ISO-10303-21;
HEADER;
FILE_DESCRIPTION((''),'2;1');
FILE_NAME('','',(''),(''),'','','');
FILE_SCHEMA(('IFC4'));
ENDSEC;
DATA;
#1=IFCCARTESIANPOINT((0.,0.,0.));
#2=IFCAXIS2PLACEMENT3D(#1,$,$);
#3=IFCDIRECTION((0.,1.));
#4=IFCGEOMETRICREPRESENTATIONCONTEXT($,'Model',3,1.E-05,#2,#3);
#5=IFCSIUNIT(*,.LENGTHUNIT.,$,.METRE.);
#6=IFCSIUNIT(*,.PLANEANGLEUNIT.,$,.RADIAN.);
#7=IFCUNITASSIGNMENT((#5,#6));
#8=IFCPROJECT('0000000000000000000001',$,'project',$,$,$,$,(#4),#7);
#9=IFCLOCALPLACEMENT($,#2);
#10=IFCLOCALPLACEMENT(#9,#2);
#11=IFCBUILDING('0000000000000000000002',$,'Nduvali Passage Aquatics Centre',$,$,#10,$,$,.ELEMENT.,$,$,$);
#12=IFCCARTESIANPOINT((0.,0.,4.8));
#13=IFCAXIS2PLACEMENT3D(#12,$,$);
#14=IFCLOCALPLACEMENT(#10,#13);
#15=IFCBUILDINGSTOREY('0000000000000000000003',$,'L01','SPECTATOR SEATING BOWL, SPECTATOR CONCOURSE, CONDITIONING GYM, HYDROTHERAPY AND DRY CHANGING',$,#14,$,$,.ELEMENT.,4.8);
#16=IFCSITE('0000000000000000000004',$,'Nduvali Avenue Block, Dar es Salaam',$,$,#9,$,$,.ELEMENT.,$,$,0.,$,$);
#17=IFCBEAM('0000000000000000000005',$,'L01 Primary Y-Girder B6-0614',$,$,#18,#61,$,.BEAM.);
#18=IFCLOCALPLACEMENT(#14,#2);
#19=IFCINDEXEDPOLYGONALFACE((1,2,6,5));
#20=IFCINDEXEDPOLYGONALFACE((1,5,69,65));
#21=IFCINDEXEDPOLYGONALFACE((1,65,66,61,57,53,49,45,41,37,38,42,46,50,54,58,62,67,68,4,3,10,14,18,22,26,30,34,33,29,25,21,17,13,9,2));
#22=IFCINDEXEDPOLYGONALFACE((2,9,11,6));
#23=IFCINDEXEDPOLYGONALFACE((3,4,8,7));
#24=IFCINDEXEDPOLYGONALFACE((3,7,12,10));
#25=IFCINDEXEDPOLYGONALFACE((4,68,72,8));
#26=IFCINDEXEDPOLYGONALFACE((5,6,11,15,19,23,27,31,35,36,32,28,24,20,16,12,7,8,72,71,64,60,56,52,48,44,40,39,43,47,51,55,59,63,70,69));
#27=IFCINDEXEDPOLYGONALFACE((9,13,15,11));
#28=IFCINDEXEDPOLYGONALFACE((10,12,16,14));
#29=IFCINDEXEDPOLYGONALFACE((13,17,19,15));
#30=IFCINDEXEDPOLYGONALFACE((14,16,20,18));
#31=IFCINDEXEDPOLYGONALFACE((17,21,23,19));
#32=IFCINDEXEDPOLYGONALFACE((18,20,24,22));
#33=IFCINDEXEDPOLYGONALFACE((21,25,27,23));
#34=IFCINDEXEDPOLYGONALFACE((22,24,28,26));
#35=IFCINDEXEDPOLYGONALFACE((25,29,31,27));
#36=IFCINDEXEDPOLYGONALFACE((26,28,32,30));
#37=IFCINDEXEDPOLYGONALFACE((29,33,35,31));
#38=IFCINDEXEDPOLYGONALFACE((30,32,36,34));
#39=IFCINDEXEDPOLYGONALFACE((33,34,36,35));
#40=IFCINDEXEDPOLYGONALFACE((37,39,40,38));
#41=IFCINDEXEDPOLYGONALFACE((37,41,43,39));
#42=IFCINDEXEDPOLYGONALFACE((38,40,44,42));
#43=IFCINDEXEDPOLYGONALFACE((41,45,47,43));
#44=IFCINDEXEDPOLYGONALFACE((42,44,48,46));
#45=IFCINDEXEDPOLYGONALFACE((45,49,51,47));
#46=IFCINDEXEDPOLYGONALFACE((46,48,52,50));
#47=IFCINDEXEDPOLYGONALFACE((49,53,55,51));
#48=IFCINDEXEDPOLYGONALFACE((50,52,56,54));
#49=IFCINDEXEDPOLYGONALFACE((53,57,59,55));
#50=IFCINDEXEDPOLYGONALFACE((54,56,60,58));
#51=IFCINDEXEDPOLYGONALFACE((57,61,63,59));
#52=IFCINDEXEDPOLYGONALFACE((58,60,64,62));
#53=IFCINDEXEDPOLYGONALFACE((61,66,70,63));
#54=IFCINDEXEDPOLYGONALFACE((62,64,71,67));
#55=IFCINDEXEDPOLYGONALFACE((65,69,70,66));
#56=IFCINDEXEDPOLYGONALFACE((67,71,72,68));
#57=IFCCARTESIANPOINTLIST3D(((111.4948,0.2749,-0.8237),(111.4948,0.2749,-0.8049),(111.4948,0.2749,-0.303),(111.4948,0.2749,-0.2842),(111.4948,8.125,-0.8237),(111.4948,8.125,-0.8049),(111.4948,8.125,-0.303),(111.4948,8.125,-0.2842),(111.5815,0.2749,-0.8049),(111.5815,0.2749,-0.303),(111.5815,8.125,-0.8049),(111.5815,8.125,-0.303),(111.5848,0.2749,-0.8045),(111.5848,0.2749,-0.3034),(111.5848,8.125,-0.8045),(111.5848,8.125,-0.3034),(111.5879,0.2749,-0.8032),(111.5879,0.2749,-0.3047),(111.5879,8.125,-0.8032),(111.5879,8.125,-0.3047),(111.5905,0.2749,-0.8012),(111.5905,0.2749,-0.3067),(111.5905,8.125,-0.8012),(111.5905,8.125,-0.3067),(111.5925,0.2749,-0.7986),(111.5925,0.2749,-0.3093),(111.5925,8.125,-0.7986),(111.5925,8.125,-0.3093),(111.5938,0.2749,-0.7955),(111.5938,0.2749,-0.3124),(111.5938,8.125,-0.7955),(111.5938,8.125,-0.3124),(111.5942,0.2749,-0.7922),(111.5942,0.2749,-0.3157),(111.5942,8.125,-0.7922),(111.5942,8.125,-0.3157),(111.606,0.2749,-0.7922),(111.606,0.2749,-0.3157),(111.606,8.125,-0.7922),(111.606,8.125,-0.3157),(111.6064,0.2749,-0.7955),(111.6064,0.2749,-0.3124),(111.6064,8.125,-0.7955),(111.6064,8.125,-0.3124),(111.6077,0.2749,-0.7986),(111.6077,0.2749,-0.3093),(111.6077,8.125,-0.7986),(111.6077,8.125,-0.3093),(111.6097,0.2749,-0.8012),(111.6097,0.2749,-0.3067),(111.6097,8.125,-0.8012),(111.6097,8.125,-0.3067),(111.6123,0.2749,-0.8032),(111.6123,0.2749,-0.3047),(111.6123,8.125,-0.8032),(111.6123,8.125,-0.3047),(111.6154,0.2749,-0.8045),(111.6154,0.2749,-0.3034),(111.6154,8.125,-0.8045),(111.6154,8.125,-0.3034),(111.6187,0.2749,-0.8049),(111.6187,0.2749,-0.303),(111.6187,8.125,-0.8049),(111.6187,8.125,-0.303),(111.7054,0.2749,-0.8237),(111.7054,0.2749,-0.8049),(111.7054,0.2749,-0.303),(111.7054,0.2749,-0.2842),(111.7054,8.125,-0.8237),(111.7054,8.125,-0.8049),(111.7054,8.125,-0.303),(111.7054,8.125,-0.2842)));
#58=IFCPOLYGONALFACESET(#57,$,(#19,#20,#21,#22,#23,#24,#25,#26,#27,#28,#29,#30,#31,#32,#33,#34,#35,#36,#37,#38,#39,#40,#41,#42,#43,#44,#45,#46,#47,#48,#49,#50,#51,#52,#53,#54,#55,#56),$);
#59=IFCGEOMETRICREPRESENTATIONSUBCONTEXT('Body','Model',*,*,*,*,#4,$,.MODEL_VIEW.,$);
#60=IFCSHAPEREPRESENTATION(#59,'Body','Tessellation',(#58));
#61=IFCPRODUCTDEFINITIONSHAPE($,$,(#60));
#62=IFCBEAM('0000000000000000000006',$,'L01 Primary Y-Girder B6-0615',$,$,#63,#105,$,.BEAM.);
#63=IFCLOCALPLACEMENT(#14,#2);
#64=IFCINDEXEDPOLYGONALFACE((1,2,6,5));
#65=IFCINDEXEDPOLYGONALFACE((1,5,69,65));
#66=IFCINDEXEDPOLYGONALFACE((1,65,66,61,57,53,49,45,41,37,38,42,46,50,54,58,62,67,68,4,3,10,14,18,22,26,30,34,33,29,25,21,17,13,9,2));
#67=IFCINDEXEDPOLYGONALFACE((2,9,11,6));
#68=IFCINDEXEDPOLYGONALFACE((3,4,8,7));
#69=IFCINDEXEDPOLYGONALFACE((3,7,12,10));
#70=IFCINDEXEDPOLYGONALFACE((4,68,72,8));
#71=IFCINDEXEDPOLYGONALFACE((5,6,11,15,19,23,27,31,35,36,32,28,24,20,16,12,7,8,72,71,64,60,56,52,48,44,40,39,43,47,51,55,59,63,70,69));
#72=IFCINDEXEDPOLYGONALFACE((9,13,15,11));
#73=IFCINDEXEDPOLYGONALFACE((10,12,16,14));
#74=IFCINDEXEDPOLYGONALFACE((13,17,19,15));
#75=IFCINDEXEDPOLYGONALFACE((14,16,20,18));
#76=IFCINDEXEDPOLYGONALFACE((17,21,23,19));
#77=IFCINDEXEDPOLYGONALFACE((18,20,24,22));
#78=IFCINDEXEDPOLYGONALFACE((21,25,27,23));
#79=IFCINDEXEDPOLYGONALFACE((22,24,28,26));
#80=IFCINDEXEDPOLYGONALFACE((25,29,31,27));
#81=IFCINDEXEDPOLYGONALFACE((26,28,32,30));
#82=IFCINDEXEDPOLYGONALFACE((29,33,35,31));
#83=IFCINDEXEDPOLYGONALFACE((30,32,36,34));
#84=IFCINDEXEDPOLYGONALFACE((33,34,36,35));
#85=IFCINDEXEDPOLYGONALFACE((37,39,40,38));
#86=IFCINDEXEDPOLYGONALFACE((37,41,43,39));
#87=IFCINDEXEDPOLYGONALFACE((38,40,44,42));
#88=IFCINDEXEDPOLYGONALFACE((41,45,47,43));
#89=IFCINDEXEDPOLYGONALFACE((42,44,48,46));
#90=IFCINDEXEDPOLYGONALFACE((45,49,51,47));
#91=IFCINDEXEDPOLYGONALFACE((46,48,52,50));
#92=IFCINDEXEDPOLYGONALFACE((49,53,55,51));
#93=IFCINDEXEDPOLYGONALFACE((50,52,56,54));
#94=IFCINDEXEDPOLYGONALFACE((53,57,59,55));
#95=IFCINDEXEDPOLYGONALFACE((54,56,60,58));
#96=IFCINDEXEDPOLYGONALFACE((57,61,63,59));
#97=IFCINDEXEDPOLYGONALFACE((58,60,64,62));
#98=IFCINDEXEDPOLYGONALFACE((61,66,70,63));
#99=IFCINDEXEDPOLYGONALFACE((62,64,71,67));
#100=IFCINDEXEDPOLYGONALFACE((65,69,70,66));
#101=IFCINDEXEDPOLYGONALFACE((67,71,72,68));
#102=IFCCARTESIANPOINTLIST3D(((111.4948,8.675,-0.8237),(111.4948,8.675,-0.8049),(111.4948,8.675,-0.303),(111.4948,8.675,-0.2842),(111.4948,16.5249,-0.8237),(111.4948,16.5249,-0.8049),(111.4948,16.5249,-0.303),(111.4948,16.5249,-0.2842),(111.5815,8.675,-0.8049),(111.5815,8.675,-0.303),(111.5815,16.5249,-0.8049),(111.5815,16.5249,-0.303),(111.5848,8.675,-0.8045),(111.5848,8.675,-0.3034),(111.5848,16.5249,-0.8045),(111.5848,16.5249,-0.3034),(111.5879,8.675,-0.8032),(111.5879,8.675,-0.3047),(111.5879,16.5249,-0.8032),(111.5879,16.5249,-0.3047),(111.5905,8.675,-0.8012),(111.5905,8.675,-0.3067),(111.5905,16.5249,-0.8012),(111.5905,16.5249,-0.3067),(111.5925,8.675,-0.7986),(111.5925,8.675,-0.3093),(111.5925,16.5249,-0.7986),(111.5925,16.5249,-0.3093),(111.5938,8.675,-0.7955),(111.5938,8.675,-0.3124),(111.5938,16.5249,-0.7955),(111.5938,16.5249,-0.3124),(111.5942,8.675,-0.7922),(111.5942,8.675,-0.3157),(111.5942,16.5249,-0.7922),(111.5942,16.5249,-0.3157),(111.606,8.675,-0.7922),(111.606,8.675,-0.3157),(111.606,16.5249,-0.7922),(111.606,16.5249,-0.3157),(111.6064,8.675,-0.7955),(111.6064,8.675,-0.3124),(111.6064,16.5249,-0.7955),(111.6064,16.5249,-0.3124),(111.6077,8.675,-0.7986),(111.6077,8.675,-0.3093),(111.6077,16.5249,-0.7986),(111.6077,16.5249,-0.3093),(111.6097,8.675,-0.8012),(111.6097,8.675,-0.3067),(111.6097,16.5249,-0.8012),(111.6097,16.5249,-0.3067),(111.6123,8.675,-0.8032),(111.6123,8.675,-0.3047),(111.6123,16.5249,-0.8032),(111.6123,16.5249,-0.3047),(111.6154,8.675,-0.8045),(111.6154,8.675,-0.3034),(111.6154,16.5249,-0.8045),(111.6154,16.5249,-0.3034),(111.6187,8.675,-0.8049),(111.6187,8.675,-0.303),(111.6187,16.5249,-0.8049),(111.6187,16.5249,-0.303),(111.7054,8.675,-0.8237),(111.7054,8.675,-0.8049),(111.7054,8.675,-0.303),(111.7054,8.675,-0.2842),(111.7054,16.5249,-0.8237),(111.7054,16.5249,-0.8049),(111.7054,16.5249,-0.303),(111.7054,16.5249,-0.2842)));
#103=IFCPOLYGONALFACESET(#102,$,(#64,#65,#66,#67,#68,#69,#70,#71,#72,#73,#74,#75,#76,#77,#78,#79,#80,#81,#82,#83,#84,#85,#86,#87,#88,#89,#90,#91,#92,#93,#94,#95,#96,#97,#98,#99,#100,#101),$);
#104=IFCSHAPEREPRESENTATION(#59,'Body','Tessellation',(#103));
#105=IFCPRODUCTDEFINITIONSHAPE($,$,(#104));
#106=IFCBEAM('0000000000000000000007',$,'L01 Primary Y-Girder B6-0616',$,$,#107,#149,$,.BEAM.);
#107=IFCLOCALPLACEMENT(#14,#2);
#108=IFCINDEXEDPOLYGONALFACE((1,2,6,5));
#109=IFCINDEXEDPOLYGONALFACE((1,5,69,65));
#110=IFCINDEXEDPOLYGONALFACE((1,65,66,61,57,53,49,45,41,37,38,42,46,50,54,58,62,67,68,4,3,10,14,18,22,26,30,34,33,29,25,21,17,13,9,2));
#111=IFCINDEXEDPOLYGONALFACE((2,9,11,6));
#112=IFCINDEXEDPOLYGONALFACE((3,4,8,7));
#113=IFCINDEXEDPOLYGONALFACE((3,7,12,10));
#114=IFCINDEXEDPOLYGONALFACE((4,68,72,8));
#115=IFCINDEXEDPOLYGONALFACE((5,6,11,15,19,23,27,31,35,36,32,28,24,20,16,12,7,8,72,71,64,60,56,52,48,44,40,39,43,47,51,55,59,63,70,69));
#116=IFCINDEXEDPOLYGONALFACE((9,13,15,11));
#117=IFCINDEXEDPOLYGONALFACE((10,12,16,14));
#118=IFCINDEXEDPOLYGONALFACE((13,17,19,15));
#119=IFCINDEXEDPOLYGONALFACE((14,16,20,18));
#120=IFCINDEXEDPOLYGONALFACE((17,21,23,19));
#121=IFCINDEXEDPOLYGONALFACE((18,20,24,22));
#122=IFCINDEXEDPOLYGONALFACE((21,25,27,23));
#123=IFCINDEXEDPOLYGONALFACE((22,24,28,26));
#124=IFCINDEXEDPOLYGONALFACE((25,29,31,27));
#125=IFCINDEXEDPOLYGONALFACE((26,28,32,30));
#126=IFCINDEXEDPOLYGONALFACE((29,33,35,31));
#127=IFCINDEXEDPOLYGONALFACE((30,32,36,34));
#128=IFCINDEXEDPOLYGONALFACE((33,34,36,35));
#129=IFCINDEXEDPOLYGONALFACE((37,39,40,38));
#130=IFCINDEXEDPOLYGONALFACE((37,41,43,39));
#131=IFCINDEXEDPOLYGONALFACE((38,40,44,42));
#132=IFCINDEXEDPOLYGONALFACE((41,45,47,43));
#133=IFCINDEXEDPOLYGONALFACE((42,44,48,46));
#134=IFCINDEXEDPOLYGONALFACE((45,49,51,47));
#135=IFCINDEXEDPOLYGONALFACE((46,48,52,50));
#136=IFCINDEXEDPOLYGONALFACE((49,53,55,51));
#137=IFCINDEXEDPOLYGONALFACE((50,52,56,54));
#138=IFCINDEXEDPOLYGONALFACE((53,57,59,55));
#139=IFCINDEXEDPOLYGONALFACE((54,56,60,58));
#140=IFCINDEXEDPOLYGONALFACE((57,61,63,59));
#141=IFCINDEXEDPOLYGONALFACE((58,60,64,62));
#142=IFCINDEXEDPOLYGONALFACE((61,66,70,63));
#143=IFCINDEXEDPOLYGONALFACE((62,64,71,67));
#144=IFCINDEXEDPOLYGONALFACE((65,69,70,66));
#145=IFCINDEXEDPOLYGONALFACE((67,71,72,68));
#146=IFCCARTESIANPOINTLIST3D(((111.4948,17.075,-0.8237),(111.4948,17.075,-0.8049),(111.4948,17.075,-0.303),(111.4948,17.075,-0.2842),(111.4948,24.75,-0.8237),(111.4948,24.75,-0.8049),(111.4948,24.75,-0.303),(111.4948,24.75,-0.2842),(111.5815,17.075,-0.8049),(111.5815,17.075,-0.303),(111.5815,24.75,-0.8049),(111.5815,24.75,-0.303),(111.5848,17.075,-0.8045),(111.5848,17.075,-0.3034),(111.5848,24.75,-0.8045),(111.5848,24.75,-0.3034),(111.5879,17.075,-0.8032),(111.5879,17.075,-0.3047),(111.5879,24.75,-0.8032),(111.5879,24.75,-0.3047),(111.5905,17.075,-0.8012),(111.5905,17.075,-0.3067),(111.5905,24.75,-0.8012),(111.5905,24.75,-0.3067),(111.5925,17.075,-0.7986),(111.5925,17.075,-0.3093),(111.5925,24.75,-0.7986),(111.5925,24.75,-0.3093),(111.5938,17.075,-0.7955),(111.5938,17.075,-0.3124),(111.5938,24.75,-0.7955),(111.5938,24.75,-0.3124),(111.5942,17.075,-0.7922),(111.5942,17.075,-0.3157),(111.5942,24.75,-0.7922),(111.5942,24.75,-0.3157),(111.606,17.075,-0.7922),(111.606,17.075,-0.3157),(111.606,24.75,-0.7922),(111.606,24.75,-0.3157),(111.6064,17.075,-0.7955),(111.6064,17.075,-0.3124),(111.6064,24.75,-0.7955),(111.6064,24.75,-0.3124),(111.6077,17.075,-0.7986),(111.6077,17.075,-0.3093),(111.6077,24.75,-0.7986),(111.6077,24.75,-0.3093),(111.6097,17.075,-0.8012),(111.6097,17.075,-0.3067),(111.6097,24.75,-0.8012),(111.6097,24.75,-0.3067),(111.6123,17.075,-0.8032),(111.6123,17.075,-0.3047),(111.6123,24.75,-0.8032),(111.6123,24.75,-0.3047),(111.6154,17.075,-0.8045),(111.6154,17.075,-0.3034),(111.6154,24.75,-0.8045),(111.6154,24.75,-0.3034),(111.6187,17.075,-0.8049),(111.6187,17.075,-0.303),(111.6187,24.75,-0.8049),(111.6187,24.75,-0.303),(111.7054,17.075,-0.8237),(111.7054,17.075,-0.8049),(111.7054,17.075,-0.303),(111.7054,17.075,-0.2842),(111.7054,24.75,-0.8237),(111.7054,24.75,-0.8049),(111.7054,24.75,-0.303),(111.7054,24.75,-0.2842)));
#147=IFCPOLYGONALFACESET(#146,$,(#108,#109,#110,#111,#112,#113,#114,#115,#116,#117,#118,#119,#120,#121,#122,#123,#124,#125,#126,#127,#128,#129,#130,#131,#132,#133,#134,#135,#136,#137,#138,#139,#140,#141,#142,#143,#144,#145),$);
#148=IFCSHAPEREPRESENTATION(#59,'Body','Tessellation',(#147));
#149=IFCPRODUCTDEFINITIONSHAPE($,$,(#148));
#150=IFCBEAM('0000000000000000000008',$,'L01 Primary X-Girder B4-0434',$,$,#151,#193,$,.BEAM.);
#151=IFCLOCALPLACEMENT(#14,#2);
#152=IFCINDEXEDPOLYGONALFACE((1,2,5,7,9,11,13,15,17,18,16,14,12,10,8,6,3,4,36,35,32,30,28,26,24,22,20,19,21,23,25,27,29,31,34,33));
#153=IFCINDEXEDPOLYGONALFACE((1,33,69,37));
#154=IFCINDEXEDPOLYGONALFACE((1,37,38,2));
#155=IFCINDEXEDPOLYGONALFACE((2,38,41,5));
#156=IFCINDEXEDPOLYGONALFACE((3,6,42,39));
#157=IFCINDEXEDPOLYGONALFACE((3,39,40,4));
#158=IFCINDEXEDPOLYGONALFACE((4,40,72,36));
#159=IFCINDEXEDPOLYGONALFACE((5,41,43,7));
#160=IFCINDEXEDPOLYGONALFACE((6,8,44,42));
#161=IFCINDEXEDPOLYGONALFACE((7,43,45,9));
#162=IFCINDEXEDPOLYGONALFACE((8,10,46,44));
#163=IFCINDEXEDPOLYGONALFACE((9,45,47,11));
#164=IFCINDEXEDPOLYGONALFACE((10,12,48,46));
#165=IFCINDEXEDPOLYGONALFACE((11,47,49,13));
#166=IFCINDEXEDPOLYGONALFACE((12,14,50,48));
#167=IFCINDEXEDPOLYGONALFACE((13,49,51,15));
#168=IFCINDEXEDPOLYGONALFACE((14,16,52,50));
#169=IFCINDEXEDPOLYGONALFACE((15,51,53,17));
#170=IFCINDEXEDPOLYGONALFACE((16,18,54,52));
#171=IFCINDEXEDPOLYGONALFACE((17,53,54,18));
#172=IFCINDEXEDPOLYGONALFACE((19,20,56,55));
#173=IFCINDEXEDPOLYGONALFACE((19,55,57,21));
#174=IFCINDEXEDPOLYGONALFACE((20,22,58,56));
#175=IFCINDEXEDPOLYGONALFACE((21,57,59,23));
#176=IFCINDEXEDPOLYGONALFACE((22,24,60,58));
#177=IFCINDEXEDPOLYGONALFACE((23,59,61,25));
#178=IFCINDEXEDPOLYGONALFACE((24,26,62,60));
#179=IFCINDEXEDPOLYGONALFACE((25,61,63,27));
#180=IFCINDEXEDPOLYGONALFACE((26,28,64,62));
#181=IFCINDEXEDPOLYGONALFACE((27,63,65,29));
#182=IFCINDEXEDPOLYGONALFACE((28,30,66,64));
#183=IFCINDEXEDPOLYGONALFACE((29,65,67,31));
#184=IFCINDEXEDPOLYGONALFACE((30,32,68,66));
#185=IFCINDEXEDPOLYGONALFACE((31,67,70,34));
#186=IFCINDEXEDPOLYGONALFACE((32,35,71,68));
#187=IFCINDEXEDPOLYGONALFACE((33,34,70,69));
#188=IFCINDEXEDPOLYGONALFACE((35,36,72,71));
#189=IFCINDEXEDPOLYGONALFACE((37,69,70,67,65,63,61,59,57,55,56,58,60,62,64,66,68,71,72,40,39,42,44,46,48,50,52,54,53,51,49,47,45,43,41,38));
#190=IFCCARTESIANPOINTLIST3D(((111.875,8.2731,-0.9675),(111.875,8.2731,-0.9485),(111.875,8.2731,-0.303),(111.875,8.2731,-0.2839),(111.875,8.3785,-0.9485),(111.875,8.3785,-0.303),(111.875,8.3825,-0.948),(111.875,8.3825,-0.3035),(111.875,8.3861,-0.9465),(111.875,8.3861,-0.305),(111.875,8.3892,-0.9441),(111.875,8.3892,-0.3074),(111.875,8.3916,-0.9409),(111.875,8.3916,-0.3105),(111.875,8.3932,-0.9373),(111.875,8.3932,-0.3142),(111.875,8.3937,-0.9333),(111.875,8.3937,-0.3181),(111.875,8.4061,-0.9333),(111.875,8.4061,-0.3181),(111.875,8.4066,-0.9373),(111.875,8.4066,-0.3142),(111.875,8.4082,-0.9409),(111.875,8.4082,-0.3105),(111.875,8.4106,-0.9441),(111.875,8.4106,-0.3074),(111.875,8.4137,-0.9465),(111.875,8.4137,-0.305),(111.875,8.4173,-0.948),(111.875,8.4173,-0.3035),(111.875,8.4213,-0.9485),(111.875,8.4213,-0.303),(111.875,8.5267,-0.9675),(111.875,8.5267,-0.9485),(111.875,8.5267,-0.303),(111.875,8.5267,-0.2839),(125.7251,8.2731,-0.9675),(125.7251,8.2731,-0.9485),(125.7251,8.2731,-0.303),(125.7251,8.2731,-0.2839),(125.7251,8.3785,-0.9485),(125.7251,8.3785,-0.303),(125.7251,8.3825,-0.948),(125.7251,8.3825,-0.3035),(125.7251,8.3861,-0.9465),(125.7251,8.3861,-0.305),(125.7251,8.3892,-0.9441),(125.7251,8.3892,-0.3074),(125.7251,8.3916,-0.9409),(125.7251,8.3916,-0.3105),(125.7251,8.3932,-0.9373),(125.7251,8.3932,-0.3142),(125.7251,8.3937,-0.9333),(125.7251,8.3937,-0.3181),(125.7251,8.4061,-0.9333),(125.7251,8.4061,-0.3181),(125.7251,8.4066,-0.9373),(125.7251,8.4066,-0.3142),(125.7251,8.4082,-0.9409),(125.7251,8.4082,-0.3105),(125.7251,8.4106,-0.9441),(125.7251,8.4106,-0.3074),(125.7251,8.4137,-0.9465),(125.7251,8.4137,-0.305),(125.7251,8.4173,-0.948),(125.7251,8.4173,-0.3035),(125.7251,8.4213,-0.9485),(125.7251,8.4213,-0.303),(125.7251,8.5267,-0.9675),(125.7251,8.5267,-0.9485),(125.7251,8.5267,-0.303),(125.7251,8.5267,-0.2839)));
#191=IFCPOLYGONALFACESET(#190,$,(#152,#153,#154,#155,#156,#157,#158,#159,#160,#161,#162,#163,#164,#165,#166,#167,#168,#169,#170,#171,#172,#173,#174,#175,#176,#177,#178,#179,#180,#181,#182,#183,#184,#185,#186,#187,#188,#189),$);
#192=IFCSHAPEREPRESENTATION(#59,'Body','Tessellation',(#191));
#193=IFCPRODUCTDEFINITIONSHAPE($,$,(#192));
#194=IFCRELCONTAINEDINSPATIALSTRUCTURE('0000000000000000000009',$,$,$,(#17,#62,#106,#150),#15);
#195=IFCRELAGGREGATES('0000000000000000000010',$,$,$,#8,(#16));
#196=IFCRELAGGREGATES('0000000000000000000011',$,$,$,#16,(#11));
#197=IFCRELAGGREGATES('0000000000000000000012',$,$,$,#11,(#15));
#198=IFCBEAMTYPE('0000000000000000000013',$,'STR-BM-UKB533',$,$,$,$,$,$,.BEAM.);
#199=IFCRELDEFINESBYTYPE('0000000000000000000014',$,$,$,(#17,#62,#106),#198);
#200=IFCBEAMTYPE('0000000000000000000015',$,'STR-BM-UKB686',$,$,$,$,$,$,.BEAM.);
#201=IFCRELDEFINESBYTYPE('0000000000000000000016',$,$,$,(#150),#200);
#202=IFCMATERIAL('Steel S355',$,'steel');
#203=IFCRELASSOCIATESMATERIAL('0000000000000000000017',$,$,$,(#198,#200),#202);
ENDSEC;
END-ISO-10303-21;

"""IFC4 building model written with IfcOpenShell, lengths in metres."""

from ifc_helpers import new_model, si_unit, direction, frame, origin, origin_2d, place, context, subcontext, project, spatial, i_section, extrude, material, material_profile, profile_set, type_object, element, save


model = new_model("IFC4")

# Units and contexts
model_context = context("Model", 3, precision=1e-05, world=origin(), true_north=direction((0.0, 1.0)))
body_context = subcontext(model_context, "Body", "Model", "MODEL_VIEW")
ifc_project = project(units=[si_unit("LENGTHUNIT", "METRE"), si_unit("PLANEANGLEUNIT", "RADIAN")], contexts=[model_context])

# Site, building, storey
site_placement = place(None, origin())
site = spatial("IfcSite", under=ifc_project, at=site_placement, Name="Nduvali Avenue Block, Dar es Salaam", CompositionType="ELEMENT", RefElevation=0.0)
building_placement = place(site_placement, origin())
building = spatial("IfcBuilding", under=site, at=building_placement, Name="Nduvali Passage Aquatics Centre", CompositionType="ELEMENT")
storey_placement = place(building_placement, frame((0.0, 0.0, 4.8)))
storey = spatial("IfcBuildingStorey", under=building, at=storey_placement, Name="L01", Description="SPECTATOR SEATING BOWL, SPECTATOR CONCOURSE, CONDITIONING GYM, HYDROTHERAPY AND DRY CHANGING", CompositionType="ELEMENT", Elevation=4.8)

# Shared definitions
ifc_material_1 = material(Name="Steel S355", Category="steel")

# Beams
ifc_material_profile_1 = material_profile(ifc_material_1, i_section(OverallWidth=0.2107, OverallDepth=0.5396, WebThickness=0.0117, FlangeThickness=0.0188, FilletRadius=0.0127, at=origin_2d()), Name="UKB 533x210x109")
ifc_profile_set_1 = profile_set([ifc_material_profile_1], Name="Steel S355")
beam_type_1 = type_object("IfcBeamType", Name="STR-BM-UKB533", PredefinedType="BEAM", material=ifc_profile_set_1)
beam_1_placement = place(storey_placement, frame((111.6001, 0.2749, -0.554), z_axis=(0.0, 1.0, 0.0), x_axis=(-1.0, 0.0, 0.0)))
element("IfcBeam", 1, at=beam_1_placement, inside=storey, type_object=beam_type_1, Name="L01 Primary Y-Girder B6-0614", PredefinedType="BEAM", context=body_context, shape_type="SweptSolid", body=[
    extrude(i_section(OverallWidth=0.2107, OverallDepth=0.5396, WebThickness=0.0117, FlangeThickness=0.0188, FilletRadius=0.0127, at=origin_2d()), origin(), (0.0, 0.0, 1.0), 7.8501),
])
beam_2_placement = place(storey_placement, frame((111.6001, 8.675, -0.554), z_axis=(0.0, 1.0, 0.0), x_axis=(-1.0, 0.0, 0.0)))
element("IfcBeam", 2, at=beam_2_placement, inside=storey, type_object=beam_type_1, Name="L01 Primary Y-Girder B6-0615", PredefinedType="BEAM", context=body_context, shape_type="SweptSolid", body=[
    extrude(i_section(OverallWidth=0.2107, OverallDepth=0.5396, WebThickness=0.0117, FlangeThickness=0.0188, FilletRadius=0.0127, at=origin_2d()), origin(), (0.0, 0.0, 1.0), 7.8499),
])
beam_3_placement = place(storey_placement, frame((111.6001, 17.075, -0.554), z_axis=(0.0, 1.0, 0.0), x_axis=(-1.0, 0.0, 0.0)))
element("IfcBeam", 3, at=beam_3_placement, inside=storey, type_object=beam_type_1, Name="L01 Primary Y-Girder B6-0616", PredefinedType="BEAM", context=body_context, shape_type="SweptSolid", body=[
    extrude(i_section(OverallWidth=0.2107, OverallDepth=0.5396, WebThickness=0.0117, FlangeThickness=0.0188, FilletRadius=0.0127, at=origin_2d()), origin(), (0.0, 0.0, 1.0), 7.675),
])
ifc_material_profile_2 = material_profile(ifc_material_1, i_section(OverallWidth=0.2537, OverallDepth=0.6836, WebThickness=0.0125, FlangeThickness=0.019, FilletRadius=0.0151, at=origin_2d()), Name="UKB 686x254x140")
ifc_profile_set_2 = profile_set([ifc_material_profile_2], Name="Steel S355")
beam_type_2 = type_object("IfcBeamType", Name="STR-BM-UKB686", PredefinedType="BEAM", material=ifc_profile_set_2)
for number, where, z_axis, x_axis, name in (
    (4, (111.875, 8.3999, -0.6257), (1.0, 0.0, 0.0), (0.0, 1.0, 0.0), "L01 Primary X-Girder B4-0434"),
):
    element("IfcBeam", number, at=place(storey_placement, frame(where, z_axis=z_axis, x_axis=x_axis)), inside=storey, type_object=beam_type_2, Name=name, PredefinedType="BEAM", context=body_context, shape_type="SweptSolid", body=[
        extrude(i_section(OverallWidth=0.2537, OverallDepth=0.6836, WebThickness=0.0125, FlangeThickness=0.019, FilletRadius=0.0151, at=origin_2d()), origin(), (0.0, 0.0, 1.0), 13.8501),
    ])

save(model, "model.ifc")
